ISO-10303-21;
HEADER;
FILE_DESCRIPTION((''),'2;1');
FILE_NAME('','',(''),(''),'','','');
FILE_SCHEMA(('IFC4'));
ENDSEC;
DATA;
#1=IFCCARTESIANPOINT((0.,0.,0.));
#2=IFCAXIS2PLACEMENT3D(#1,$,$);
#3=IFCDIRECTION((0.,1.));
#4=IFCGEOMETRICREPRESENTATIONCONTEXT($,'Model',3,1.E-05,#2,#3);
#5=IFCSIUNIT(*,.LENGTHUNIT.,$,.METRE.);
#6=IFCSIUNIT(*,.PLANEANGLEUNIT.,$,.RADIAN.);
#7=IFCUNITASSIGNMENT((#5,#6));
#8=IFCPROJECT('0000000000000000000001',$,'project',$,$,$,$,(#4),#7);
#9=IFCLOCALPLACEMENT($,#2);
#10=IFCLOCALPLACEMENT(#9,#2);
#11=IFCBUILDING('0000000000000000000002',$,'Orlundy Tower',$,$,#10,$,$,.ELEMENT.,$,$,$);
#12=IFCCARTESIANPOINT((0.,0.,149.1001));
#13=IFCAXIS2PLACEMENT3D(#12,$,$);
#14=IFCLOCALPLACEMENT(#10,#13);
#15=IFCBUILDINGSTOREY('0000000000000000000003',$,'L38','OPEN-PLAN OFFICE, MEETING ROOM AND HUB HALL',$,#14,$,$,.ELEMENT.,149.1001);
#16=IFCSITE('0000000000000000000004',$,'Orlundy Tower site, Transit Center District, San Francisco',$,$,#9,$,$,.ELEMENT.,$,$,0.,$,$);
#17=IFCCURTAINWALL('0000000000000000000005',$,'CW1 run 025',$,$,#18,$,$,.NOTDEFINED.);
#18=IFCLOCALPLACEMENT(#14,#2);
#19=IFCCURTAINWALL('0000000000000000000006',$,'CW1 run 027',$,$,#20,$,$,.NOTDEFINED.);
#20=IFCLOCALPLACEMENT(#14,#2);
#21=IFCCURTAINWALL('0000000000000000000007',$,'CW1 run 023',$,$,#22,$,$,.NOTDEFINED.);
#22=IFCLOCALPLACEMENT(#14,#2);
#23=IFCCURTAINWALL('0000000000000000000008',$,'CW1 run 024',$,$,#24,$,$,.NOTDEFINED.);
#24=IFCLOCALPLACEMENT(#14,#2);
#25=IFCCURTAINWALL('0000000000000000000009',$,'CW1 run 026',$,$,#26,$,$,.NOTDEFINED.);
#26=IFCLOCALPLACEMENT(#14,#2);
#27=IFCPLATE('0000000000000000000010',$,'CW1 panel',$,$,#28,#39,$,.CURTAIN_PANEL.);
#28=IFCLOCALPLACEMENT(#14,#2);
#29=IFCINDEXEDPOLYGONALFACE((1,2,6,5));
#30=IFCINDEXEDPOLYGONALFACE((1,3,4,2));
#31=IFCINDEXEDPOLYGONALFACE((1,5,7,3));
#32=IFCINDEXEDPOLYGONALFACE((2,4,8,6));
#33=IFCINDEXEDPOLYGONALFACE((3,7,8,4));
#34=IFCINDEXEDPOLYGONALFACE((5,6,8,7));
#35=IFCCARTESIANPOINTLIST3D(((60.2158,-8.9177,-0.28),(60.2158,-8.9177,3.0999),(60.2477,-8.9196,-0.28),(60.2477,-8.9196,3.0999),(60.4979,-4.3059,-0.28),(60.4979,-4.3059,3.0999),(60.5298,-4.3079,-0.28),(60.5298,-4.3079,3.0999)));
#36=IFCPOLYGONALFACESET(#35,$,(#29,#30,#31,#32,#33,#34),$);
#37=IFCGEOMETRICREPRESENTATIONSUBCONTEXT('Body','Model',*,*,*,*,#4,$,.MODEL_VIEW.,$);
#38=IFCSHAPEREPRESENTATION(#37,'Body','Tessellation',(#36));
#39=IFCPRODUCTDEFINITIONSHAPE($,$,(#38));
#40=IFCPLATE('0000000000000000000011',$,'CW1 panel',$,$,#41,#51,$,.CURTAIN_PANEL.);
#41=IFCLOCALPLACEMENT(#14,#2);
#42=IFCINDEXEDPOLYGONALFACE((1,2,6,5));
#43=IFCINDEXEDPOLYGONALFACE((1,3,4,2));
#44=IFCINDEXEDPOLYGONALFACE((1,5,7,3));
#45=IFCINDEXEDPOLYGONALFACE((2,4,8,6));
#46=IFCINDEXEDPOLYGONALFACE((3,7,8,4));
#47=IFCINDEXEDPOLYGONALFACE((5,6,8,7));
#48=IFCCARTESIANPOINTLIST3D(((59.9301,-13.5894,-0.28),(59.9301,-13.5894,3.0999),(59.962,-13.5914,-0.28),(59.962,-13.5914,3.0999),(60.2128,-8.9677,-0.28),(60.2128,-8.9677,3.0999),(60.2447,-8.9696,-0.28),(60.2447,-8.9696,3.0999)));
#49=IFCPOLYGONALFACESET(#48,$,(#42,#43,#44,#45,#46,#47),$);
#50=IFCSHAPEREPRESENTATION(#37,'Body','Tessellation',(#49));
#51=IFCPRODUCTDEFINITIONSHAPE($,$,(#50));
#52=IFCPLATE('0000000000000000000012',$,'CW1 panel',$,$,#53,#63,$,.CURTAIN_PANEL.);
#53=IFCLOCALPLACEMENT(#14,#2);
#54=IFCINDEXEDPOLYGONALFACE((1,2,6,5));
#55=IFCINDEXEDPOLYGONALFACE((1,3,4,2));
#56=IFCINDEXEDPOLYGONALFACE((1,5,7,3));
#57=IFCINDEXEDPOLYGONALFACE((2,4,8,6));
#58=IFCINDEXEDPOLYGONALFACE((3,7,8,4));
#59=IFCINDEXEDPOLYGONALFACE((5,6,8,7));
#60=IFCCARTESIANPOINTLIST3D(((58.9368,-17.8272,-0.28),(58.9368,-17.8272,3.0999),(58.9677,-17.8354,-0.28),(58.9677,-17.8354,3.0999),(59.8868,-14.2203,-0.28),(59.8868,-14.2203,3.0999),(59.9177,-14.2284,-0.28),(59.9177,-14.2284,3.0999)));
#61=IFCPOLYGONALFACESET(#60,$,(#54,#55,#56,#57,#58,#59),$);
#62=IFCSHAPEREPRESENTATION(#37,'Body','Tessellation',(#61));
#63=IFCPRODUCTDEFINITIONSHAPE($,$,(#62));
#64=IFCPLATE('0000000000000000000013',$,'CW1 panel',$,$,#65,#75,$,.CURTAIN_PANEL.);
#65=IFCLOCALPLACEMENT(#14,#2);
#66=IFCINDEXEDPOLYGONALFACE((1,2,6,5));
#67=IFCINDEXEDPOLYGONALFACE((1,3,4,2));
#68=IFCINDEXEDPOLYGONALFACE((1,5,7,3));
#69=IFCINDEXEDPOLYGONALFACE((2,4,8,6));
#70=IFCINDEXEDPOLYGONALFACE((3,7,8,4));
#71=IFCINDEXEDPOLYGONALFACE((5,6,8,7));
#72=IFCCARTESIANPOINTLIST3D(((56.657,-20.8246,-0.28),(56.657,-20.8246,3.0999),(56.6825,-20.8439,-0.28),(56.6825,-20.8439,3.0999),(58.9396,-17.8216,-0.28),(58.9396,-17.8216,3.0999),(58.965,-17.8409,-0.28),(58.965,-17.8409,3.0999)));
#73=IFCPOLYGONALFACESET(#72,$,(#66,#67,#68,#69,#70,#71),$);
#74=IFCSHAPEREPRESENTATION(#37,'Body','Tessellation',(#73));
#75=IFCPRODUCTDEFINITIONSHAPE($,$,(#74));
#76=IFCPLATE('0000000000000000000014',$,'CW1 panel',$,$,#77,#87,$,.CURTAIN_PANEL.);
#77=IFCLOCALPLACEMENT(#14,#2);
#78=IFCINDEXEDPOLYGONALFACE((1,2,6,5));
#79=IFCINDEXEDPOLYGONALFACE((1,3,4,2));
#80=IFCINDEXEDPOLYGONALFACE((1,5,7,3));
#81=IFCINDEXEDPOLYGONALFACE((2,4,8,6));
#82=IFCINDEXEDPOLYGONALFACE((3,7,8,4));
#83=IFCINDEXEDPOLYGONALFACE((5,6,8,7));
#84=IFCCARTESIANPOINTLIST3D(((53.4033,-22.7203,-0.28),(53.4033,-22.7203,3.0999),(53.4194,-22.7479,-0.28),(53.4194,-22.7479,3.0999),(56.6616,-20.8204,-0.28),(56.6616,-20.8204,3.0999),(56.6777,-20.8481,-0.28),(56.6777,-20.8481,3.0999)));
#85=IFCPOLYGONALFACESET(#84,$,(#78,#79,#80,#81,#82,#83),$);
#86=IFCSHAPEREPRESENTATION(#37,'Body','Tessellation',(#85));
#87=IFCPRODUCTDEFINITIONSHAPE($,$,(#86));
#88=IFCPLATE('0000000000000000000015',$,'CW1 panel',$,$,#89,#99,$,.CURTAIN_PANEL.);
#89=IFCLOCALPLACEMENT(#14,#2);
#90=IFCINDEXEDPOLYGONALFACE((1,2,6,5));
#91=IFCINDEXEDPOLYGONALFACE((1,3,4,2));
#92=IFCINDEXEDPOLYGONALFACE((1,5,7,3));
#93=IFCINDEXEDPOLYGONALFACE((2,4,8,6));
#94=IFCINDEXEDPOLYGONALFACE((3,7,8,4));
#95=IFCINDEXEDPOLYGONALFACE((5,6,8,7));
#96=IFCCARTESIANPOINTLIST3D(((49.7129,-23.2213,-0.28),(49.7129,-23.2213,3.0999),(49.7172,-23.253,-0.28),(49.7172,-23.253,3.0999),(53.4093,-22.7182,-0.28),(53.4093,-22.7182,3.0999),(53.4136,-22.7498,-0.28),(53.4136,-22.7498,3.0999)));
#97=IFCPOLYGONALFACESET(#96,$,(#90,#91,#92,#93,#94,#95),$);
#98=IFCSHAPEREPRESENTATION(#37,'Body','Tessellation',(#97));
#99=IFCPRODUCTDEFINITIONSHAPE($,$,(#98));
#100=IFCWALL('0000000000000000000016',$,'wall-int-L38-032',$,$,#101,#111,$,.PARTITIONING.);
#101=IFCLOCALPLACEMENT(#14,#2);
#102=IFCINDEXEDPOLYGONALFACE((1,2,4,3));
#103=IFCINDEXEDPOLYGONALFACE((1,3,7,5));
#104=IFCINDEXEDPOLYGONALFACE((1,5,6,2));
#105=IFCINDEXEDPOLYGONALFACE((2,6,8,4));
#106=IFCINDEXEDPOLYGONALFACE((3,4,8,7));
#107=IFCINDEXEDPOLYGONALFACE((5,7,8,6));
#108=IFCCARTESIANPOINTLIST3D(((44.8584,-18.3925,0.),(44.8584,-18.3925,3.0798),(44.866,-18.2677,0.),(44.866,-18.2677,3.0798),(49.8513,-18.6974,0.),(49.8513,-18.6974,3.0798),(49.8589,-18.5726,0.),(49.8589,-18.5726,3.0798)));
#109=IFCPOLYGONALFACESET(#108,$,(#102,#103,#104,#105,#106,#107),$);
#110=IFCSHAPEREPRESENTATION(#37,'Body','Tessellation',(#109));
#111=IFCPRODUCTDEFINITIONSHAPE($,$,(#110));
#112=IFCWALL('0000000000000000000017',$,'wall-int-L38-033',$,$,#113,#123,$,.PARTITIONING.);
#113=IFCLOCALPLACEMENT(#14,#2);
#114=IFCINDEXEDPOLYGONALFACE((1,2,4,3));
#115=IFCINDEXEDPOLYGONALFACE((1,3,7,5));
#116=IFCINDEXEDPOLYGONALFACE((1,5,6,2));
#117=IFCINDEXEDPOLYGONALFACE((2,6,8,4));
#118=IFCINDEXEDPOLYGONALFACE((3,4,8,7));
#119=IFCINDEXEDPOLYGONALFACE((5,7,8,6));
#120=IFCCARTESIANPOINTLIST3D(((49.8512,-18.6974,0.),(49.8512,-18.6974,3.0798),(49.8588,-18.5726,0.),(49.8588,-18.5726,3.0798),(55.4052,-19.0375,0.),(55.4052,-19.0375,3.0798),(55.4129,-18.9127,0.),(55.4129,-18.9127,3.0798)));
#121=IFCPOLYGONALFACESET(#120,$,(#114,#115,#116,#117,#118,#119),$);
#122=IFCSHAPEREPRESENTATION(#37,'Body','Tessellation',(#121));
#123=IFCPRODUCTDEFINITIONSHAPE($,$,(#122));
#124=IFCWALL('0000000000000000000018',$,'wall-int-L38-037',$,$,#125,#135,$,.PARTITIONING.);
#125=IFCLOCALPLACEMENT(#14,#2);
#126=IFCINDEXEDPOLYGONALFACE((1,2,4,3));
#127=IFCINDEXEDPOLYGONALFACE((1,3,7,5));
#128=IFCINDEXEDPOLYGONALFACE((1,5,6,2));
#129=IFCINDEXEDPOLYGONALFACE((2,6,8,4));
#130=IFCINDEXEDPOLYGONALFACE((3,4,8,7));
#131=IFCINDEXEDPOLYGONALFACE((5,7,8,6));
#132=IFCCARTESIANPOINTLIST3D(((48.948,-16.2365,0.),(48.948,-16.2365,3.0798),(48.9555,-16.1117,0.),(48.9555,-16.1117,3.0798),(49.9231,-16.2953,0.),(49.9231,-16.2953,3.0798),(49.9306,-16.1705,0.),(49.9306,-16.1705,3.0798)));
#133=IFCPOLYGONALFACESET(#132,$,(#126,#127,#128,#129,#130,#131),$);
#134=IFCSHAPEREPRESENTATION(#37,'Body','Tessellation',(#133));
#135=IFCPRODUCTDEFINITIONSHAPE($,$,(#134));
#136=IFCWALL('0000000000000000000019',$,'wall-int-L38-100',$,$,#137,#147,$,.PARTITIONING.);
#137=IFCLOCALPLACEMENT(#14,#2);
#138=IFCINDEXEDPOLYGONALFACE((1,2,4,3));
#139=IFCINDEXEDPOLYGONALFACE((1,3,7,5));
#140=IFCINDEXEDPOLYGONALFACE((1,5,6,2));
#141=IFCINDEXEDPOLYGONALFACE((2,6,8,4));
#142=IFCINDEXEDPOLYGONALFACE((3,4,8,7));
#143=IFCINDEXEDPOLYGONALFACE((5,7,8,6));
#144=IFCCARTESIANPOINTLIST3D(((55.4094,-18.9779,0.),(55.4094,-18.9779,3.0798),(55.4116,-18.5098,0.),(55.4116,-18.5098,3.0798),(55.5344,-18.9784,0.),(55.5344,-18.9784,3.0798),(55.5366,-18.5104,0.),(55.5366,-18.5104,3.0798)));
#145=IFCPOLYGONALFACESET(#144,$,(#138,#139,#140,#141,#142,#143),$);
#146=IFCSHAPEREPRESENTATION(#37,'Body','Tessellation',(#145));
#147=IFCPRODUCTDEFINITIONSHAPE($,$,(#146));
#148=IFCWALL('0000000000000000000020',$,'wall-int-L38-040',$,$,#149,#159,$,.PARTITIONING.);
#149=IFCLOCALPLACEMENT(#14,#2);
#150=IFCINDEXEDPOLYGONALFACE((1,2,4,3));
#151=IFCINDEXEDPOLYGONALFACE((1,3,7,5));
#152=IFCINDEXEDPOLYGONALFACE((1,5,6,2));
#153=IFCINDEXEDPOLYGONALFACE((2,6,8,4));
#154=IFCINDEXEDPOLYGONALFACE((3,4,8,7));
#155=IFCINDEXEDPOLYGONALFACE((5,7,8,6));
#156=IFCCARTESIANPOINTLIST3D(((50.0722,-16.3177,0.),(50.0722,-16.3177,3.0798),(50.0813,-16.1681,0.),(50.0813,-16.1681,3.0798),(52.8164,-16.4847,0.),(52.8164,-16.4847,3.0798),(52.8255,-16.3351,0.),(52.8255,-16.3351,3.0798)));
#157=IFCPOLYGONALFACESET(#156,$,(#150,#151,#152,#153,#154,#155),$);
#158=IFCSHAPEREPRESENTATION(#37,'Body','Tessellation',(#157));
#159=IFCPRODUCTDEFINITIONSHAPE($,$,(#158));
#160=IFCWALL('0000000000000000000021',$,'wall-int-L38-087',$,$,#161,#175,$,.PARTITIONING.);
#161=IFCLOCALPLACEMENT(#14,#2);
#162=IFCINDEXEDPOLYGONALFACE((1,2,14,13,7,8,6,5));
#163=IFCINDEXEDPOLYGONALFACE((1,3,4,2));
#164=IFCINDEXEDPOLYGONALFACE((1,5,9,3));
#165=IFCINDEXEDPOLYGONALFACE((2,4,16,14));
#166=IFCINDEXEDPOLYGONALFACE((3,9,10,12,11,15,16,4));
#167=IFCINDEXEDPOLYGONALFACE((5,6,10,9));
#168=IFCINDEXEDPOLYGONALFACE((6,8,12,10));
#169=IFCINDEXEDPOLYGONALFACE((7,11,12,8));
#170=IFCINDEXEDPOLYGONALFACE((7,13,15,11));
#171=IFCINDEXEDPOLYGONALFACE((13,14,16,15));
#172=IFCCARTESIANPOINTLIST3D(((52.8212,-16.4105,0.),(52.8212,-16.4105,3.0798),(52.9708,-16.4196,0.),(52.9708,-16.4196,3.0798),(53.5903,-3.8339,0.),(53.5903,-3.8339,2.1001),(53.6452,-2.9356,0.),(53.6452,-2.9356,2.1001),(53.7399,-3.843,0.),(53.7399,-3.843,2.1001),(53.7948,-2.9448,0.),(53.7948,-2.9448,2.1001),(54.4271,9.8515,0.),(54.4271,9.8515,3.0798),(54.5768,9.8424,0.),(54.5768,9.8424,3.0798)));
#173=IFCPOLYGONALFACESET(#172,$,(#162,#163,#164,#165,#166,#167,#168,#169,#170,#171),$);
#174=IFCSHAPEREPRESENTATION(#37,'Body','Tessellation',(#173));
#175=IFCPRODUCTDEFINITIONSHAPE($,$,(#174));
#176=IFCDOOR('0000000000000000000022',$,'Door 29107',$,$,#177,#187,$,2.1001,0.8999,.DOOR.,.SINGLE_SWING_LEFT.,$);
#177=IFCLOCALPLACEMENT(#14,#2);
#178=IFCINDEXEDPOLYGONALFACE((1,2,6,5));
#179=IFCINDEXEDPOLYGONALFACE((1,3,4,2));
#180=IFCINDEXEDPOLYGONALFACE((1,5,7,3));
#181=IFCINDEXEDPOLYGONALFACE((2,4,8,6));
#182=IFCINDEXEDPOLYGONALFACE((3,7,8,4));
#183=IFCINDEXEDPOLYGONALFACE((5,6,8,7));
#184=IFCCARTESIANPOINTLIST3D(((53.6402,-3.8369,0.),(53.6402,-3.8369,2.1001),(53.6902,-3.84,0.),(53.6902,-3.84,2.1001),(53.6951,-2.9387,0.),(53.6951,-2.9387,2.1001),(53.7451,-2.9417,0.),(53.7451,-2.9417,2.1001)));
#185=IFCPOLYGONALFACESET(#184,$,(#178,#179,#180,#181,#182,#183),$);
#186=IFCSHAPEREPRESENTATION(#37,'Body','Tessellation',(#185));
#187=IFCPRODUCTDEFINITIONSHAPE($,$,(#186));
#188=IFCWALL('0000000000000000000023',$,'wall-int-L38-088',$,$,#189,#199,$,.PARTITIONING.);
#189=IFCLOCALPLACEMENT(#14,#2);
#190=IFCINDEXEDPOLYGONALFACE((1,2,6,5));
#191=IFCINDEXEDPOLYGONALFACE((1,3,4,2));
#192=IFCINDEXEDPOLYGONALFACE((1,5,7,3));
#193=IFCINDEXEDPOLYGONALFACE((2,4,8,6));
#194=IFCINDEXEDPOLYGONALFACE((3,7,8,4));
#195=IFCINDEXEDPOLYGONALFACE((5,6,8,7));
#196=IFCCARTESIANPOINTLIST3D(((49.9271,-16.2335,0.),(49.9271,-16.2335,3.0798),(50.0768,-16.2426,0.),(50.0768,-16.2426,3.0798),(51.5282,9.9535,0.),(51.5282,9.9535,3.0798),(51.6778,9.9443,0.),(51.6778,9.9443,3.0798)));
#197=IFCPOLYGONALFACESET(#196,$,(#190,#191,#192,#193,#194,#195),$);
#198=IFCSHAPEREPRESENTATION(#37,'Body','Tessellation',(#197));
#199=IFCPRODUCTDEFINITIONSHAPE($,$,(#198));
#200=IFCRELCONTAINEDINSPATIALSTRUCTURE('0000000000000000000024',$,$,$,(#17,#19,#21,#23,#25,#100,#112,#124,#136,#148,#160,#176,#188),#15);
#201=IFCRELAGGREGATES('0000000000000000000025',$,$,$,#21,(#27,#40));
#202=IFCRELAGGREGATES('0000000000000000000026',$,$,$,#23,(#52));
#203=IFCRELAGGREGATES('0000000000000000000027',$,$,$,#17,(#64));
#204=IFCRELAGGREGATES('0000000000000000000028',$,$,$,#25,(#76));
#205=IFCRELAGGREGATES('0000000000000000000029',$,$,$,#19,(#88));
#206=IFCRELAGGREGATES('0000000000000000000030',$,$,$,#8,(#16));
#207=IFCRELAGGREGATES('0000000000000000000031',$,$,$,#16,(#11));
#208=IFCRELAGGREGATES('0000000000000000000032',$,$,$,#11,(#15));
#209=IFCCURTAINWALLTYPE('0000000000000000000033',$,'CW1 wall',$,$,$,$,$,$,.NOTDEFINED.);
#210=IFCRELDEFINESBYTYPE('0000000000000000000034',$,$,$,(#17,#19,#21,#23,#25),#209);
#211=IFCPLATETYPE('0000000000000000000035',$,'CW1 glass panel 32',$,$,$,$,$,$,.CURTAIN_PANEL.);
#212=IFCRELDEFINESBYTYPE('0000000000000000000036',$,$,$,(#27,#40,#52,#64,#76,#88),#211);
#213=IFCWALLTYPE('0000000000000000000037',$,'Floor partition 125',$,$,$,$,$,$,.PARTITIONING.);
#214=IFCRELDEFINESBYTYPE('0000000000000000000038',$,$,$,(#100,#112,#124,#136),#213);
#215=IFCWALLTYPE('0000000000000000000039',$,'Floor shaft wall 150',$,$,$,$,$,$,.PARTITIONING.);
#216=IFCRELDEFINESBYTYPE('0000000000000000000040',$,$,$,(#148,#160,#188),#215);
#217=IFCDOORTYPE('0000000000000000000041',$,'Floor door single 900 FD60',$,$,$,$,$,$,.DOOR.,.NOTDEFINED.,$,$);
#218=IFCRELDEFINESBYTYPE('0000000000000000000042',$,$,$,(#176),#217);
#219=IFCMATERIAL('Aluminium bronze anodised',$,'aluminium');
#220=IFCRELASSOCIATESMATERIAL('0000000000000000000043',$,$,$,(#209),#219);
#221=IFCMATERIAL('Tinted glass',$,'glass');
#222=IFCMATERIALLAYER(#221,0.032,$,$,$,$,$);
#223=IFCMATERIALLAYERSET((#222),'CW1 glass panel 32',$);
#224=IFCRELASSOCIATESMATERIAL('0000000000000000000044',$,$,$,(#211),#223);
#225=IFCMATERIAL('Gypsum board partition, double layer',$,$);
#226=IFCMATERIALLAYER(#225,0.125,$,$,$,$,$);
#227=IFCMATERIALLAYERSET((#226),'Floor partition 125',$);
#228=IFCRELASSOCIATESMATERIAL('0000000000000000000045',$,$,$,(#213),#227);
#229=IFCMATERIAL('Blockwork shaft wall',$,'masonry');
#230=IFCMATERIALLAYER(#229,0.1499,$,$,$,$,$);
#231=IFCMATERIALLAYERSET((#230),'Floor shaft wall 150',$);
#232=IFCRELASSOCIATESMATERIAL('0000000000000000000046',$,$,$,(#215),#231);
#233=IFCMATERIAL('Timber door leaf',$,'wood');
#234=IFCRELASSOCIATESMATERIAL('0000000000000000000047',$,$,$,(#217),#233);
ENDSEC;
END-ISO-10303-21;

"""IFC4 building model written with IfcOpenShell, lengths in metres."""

from ifc_helpers import new_model, si_unit, direction, frame, frame_2d, origin, origin_2d, place, context, subcontext, project, spatial, rectangle, extrude, material, layer, layer_set, type_object, element, fill, aggregate, save


model = new_model("IFC4")

# Units and contexts
model_context = context("Model", 3, precision=1e-05, world=origin(), true_north=direction((0.0, 1.0)))
body_context = subcontext(model_context, "Body", "Model", "MODEL_VIEW")
ifc_project = project(units=[si_unit("LENGTHUNIT", "METRE"), si_unit("PLANEANGLEUNIT", "RADIAN")], contexts=[model_context])

# Site, building, storey
site_placement = place(None, origin())
site = spatial("IfcSite", under=ifc_project, at=site_placement, Name="Orlundy Tower site, Transit Center District, San Francisco", CompositionType="ELEMENT", RefElevation=0.0)
building_placement = place(site_placement, origin())
building = spatial("IfcBuilding", under=site, at=building_placement, Name="Orlundy Tower", CompositionType="ELEMENT")
storey_placement = place(building_placement, frame((0.0, 0.0, 149.1001)))
storey = spatial("IfcBuildingStorey", under=building, at=storey_placement, Name="L38", Description="OPEN-PLAN OFFICE, MEETING ROOM AND HUB HALL", CompositionType="ELEMENT", Elevation=149.1001)

# Curtain walls
ifc_material_1 = material(Name="Aluminium bronze anodised", Category="aluminium")
curtain_wall_type = type_object("IfcCurtainWallType", Name="CW1 wall", PredefinedType="NOTDEFINED", material=ifc_material_1)
curtain_wall_1_placement = place(storey_placement, origin())
curtain_wall_1 = element("IfcCurtainWall", 1, at=curtain_wall_1_placement, inside=storey, type_object=curtain_wall_type, Name="CW1 run 025", PredefinedType="NOTDEFINED")
curtain_wall_2_placement = place(storey_placement, origin())
curtain_wall_2 = element("IfcCurtainWall", 2, at=curtain_wall_2_placement, inside=storey, type_object=curtain_wall_type, Name="CW1 run 027", PredefinedType="NOTDEFINED")
curtain_wall_3_placement = place(storey_placement, origin())
curtain_wall_3 = element("IfcCurtainWall", 3, at=curtain_wall_3_placement, inside=storey, type_object=curtain_wall_type, Name="CW1 run 023", PredefinedType="NOTDEFINED")
curtain_wall_4_placement = place(storey_placement, origin())
curtain_wall_4 = element("IfcCurtainWall", 4, at=curtain_wall_4_placement, inside=storey, type_object=curtain_wall_type, Name="CW1 run 024", PredefinedType="NOTDEFINED")

# Curtain wall
curtain_wall_5_placement = place(storey_placement, origin())
curtain_wall_5 = element("IfcCurtainWall", 5, at=curtain_wall_5_placement, inside=storey, type_object=curtain_wall_type, Name="CW1 run 026", PredefinedType="NOTDEFINED")

# Plates
ifc_material_2 = material(Name="Tinted glass", Category="glass")
ifc_layer_1 = layer(ifc_material_2, 0.032)
ifc_layer_set_1 = layer_set([ifc_layer_1], Name="CW1 glass panel 32")
plate_type = type_object("IfcPlateType", Name="CW1 glass panel 32", PredefinedType="CURTAIN_PANEL", material=ifc_layer_set_1)
plate_1_placement = place(storey_placement, frame((60.3728, -6.6128, -0.28), z_axis=(0.0, 0.0, 1.0), x_axis=(-0.061047, -0.998135, 0.0)))
plate_1 = element("IfcPlate", 6, at=plate_1_placement, type_object=plate_type, Name="CW1 panel", PredefinedType="CURTAIN_PANEL", context=body_context, shape_type="SweptSolid", body=[
    extrude(rectangle(XDim=4.6204, YDim=0.032, at=origin_2d()), origin(), (0.0, 0.0, 1.0), 3.3799),
])
plate_2_placement = place(storey_placement, frame((60.0874, -11.2795, -0.28), z_axis=(0.0, 0.0, 1.0), x_axis=(-0.061047, -0.998135, 0.0)))
plate_2 = element("IfcPlate", 7, at=plate_2_placement, type_object=plate_type, Name="CW1 panel", PredefinedType="CURTAIN_PANEL", context=body_context, shape_type="SweptSolid", body=[
    extrude(rectangle(XDim=4.6304, YDim=0.032, at=origin_2d()), origin(), (0.0, 0.0, 1.0), 3.3799),
])
aggregate(curtain_wall_3, [plate_1, plate_2])
plate_3_placement = place(storey_placement, frame((59.4272, -16.0278, -0.28), z_axis=(0.0, 0.0, 1.0), x_axis=(-0.254706, -0.967019, 0.0)))
plate_3 = element("IfcPlate", 8, at=plate_3_placement, type_object=plate_type, Name="CW1 panel", PredefinedType="CURTAIN_PANEL", context=body_context, shape_type="SweptSolid", body=[
    extrude(rectangle(XDim=3.73, YDim=0.032, at=origin_2d()), origin(), (0.0, 0.0, 1.0), 3.3799),
])
aggregate(curtain_wall_4, [plate_3])
plate_4_placement = place(storey_placement, frame((57.811, -19.3328, -0.28), z_axis=(0.0, 0.0, 1.0), x_axis=(-0.605124, -0.796131, 0.0)))
plate_4 = element("IfcPlate", 9, at=plate_4_placement, type_object=plate_type, Name="CW1 panel", PredefinedType="CURTAIN_PANEL", context=body_context, shape_type="SweptSolid", body=[
    extrude(rectangle(XDim=3.772, YDim=0.032, at=origin_2d()), origin(), (0.0, 0.0, 1.0), 3.3799),
])
aggregate(curtain_wall_1, [plate_4])
plate_5_placement = place(storey_placement, frame((55.0405, -21.7842, -0.28), z_axis=(0.0, 0.0, 1.0), x_axis=(-0.863877, -0.503703, 0.0)))
plate_5 = element("IfcPlate", 10, at=plate_5_placement, type_object=plate_type, Name="CW1 panel", PredefinedType="CURTAIN_PANEL", context=body_context, shape_type="SweptSolid", body=[
    extrude(rectangle(XDim=3.7717, YDim=0.032, at=origin_2d()), origin(), (0.0, 0.0, 1.0), 3.3799),
])
aggregate(curtain_wall_5, [plate_5])
plate_6_placement = place(storey_placement, frame((51.5632, -22.9856, -0.28), z_axis=(0.0, 0.0, 1.0), x_axis=(-0.990861, -0.134884, 0.0)))
plate_6 = element("IfcPlate", 11, at=plate_6_placement, type_object=plate_type, Name="CW1 panel", PredefinedType="CURTAIN_PANEL", context=body_context, shape_type="SweptSolid", body=[
    extrude(rectangle(XDim=3.7305, YDim=0.032, at=origin_2d()), origin(), (0.0, 0.0, 1.0), 3.3799),
])
aggregate(curtain_wall_2, [plate_6])

# Walls
ifc_material_3 = material(Name="Gypsum board partition, double layer")
ifc_layer_2 = layer(ifc_material_3, 0.125)
ifc_layer_set_2 = layer_set([ifc_layer_2], Name="Floor partition 125")
wall_type_1 = type_object("IfcWallType", Name="Floor partition 125", PredefinedType="PARTITIONING", material=ifc_layer_set_2)
wall_1_placement = place(storey_placement, frame((49.855, -18.635, 0.0), z_axis=(0.0, 0.0, 1.0), x_axis=(-0.99814, 0.060959, 0.0)))
element("IfcWall", 12, at=wall_1_placement, inside=storey, type_object=wall_type_1, Name="wall-int-L38-032", PredefinedType="PARTITIONING", context=body_context, shape_type="SweptSolid", body=[
    extrude(rectangle(XDim=5.0022, YDim=0.125, at=frame_2d((2.501, 0.0))), origin(), (0.0, 0.0, 1.0), 3.0798),
])
wall_2_placement = place(storey_placement, frame((49.855, -18.635, 0.0), z_axis=(0.0, 0.0, 1.0), x_axis=(0.99813, -0.061119, 0.0)))
element("IfcWall", 13, at=wall_2_placement, inside=storey, type_object=wall_type_1, Name="wall-int-L38-033", PredefinedType="PARTITIONING", context=body_context, shape_type="SweptSolid", body=[
    extrude(rectangle(XDim=5.5645, YDim=0.125, at=frame_2d((2.7822, 0.0))), origin(), (0.0, 0.0, 1.0), 3.0798),
])
wall_3_placement = place(storey_placement, frame((48.9519, -16.1741, 0.0), z_axis=(0.0, 0.0, 1.0), x_axis=(0.998184, -0.060231, 0.0)))
element("IfcWall", 14, at=wall_3_placement, inside=storey, type_object=wall_type_1, Name="wall-int-L38-037", PredefinedType="PARTITIONING", context=body_context, shape_type="SweptSolid", body=[
    extrude(rectangle(XDim=0.9768, YDim=0.125, at=frame_2d((0.4883, 0.0))), origin(), (0.0, 0.0, 1.0), 3.0798),
])
wall_4_placement = place(storey_placement, frame((55.4719, -18.978, 0.0), z_axis=(0.0, 0.0, 1.0), x_axis=(0.004695, 0.999989, 0.0)))
element("IfcWall", 15, at=wall_4_placement, inside=storey, type_object=wall_type_1, Name="wall-int-L38-100", PredefinedType="PARTITIONING", context=body_context, shape_type="SweptSolid", body=[
    extrude(rectangle(XDim=0.468, YDim=0.125, at=frame_2d((0.2339, 0.0))), origin(), (0.0, 0.0, 1.0), 3.0798),
])
ifc_material_4 = material(Name="Blockwork shaft wall", Category="masonry")
ifc_layer_3 = layer(ifc_material_4, 0.1499)
ifc_layer_set_3 = layer_set([ifc_layer_3], Name="Floor shaft wall 150")
wall_type_2 = type_object("IfcWallType", Name="Floor shaft wall 150", PredefinedType="PARTITIONING", material=ifc_layer_set_3)
wall_5_placement = place(storey_placement, frame((50.0769, -16.2429, 0.0), z_axis=(0.0, 0.0, 1.0), x_axis=(0.998154, -0.060742, 0.0)))
element("IfcWall", 16, at=wall_5_placement, inside=storey, type_object=wall_type_2, Name="wall-int-L38-040", PredefinedType="PARTITIONING", context=body_context, shape_type="SweptSolid", body=[
    extrude(rectangle(XDim=2.7493, YDim=0.1499, at=frame_2d((1.3745, 0.0))), origin(), (0.0, 0.0, 1.0), 3.0798),
])

# Wall, opening, door
wall_6_placement = place(storey_placement, frame((52.896, -16.415, 0.0), z_axis=(0.0, 0.0, 1.0), x_axis=(0.061037, 0.998135, 0.0)))
wall_6 = element("IfcWall", 17, at=wall_6_placement, inside=storey, type_object=wall_type_2, Name="wall-int-L38-087", PredefinedType="PARTITIONING", context=body_context, shape_type="SweptSolid", body=[
    extrude(rectangle(XDim=26.311, YDim=0.1499, at=frame_2d((13.1555, 0.0))), origin(), (0.0, 0.0, 1.0), 3.0798),
])
opening_placement = place(wall_6_placement, frame((12.6001, 0.0, 0.0)))
opening = element("IfcOpeningElement", 18, at=opening_placement, cuts=wall_6, PredefinedType="OPENING", context=body_context, shape_type="SweptSolid", body=[
    extrude(rectangle(XDim=0.8999, YDim=2.1001, at=frame_2d((0.45, 1.05))), frame((0.0, 0.085, 0.0), z_axis=(0.0, -1.0, 0.0), x_axis=(1.0, 0.0, 0.0)), (0.0, 0.0, 1.0), 0.1699),
])
ifc_material_5 = material(Name="Timber door leaf", Category="wood")
door_type = type_object("IfcDoorType", Name="Floor door single 900 FD60", OperationType="NOTDEFINED", PredefinedType="DOOR", material=ifc_material_5)
door_placement = place(opening_placement, origin())
door = element("IfcDoor", 19, at=door_placement, inside=storey, type_object=door_type, Name="Door 29107", OperationType="SINGLE_SWING_LEFT", OverallHeight=2.1001, OverallWidth=0.8999, PredefinedType="DOOR", context=body_context, shape_type="SweptSolid", body=[
    extrude(rectangle(XDim=0.8999, YDim=2.1001, at=frame_2d((0.45, 1.05))), frame((0.0, 0.0249, 0.0), z_axis=(0.0, -1.0, 0.0), x_axis=(1.0, 0.0, 0.0)), (0.0, 0.0, 1.0), 0.05),
])
fill(opening, door)

# Wall
wall_7_placement = place(storey_placement, frame((50.002, -16.238, 0.0), z_axis=(0.0, 0.0, 1.0), x_axis=(0.061026, 0.998136, 0.0)))
element("IfcWall", 20, at=wall_7_placement, inside=storey, type_object=wall_type_2, Name="wall-int-L38-088", PredefinedType="PARTITIONING", context=body_context, shape_type="SweptSolid", body=[
    extrude(rectangle(XDim=26.2358, YDim=0.1499, at=frame_2d((13.1179, 0.0))), origin(), (0.0, 0.0, 1.0), 3.0798),
])

save(model, "model.ifc")
